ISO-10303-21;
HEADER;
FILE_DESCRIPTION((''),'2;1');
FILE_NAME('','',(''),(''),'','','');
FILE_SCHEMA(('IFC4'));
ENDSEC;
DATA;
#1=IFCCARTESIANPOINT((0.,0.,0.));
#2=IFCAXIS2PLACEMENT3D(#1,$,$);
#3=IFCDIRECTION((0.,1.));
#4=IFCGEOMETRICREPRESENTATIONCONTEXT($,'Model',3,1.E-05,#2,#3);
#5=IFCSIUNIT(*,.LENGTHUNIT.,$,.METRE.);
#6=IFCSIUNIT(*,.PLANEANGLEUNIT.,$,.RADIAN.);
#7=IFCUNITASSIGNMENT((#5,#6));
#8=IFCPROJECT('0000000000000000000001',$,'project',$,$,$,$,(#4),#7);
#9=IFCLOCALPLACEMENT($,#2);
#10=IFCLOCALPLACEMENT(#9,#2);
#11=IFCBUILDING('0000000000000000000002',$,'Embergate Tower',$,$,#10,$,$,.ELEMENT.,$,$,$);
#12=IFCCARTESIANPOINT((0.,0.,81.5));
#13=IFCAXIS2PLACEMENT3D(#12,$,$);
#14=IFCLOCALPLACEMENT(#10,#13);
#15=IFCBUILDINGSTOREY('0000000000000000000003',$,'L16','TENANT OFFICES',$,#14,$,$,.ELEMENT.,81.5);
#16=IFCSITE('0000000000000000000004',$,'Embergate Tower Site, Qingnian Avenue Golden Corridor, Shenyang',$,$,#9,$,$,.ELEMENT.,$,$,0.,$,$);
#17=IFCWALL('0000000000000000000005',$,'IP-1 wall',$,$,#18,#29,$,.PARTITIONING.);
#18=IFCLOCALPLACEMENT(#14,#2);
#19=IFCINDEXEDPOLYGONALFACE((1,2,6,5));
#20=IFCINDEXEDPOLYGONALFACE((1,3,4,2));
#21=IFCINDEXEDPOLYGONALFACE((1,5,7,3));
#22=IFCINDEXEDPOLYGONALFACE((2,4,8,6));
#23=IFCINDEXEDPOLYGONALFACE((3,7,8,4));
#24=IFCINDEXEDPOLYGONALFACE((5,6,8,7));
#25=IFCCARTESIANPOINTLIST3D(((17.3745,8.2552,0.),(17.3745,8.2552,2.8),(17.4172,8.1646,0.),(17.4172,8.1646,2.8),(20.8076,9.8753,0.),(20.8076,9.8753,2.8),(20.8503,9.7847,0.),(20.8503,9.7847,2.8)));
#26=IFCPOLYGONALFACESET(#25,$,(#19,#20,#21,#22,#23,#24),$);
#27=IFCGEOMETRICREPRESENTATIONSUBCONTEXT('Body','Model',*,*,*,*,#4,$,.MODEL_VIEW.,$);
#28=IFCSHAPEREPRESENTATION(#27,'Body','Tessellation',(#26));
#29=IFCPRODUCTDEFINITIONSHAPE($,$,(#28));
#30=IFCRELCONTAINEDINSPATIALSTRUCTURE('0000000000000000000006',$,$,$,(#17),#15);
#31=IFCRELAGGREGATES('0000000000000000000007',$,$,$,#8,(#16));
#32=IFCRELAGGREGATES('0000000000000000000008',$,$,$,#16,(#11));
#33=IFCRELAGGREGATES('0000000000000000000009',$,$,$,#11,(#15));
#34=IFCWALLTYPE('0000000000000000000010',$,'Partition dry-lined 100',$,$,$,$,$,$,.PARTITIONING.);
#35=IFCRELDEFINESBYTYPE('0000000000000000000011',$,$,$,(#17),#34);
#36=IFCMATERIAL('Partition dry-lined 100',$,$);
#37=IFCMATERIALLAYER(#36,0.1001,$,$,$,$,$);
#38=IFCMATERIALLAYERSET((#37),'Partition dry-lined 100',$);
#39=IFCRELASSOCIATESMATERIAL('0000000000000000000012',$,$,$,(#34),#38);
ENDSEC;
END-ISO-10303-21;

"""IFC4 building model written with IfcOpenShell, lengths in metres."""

from ifc_helpers import new_model, si_unit, direction, frame, frame_2d, origin, place, context, subcontext, project, spatial, rectangle, extrude, source, transform, mapped, material, layer, layer_set, type_object, element, save


model = new_model("IFC4")

# Units and contexts
model_context = context("Model", 3, precision=1e-05, world=origin(), true_north=direction((0.0, 1.0)))
body_context = subcontext(model_context, "Body", "Model", "MODEL_VIEW")
ifc_project = project(units=[si_unit("LENGTHUNIT", "METRE"), si_unit("PLANEANGLEUNIT", "RADIAN")], contexts=[model_context])

# Site, building, storey
site_placement = place(None, origin())
site = spatial("IfcSite", under=ifc_project, at=site_placement, Name="Embergate Tower Site, Qingnian Avenue Golden Corridor, Shenyang", CompositionType="ELEMENT", RefElevation=0.0)
building_placement = place(site_placement, origin())
building = spatial("IfcBuilding", under=site, at=building_placement, Name="Embergate Tower", CompositionType="ELEMENT")
storey_placement = place(building_placement, frame((0.0, 0.0, 81.5)))
storey = spatial("IfcBuildingStorey", under=building, at=storey_placement, Name="L16", Description="TENANT OFFICES", CompositionType="ELEMENT", Elevation=81.5)

# Wall
ifc_material_1 = material(Name="Partition dry-lined 100")
ifc_layer_1 = layer(ifc_material_1, 0.1001)
ifc_layer_set_1 = layer_set([ifc_layer_1], Name="Partition dry-lined 100")
wall_type_1 = type_object("IfcWallType", Name="Partition dry-lined 100", PredefinedType="PARTITIONING", material=ifc_layer_set_1)
shared_shape_1 = source(origin(), body_context, "Body", "SweptSolid", [
    extrude(rectangle(XDim=3.7961, YDim=0.1001, at=frame_2d((1.8979, 0.0))), origin(), (0.0, 0.0, 1.0), 2.8),
])
wall_1_placement = place(storey_placement, frame((17.396, 8.21, 0.0), z_axis=(0.0, 0.0, 1.0), x_axis=(0.904358, 0.426775, 0.0)))
element("IfcWall", 1, at=wall_1_placement, inside=storey, type_object=wall_type_1, Name="IP-1 wall", PredefinedType="PARTITIONING", context=body_context, shape_type="MappedRepresentation", body=[
    mapped(shared_shape_1, transform((0.0, 0.0, 0.0))),
])

save(model, "model.ifc")
